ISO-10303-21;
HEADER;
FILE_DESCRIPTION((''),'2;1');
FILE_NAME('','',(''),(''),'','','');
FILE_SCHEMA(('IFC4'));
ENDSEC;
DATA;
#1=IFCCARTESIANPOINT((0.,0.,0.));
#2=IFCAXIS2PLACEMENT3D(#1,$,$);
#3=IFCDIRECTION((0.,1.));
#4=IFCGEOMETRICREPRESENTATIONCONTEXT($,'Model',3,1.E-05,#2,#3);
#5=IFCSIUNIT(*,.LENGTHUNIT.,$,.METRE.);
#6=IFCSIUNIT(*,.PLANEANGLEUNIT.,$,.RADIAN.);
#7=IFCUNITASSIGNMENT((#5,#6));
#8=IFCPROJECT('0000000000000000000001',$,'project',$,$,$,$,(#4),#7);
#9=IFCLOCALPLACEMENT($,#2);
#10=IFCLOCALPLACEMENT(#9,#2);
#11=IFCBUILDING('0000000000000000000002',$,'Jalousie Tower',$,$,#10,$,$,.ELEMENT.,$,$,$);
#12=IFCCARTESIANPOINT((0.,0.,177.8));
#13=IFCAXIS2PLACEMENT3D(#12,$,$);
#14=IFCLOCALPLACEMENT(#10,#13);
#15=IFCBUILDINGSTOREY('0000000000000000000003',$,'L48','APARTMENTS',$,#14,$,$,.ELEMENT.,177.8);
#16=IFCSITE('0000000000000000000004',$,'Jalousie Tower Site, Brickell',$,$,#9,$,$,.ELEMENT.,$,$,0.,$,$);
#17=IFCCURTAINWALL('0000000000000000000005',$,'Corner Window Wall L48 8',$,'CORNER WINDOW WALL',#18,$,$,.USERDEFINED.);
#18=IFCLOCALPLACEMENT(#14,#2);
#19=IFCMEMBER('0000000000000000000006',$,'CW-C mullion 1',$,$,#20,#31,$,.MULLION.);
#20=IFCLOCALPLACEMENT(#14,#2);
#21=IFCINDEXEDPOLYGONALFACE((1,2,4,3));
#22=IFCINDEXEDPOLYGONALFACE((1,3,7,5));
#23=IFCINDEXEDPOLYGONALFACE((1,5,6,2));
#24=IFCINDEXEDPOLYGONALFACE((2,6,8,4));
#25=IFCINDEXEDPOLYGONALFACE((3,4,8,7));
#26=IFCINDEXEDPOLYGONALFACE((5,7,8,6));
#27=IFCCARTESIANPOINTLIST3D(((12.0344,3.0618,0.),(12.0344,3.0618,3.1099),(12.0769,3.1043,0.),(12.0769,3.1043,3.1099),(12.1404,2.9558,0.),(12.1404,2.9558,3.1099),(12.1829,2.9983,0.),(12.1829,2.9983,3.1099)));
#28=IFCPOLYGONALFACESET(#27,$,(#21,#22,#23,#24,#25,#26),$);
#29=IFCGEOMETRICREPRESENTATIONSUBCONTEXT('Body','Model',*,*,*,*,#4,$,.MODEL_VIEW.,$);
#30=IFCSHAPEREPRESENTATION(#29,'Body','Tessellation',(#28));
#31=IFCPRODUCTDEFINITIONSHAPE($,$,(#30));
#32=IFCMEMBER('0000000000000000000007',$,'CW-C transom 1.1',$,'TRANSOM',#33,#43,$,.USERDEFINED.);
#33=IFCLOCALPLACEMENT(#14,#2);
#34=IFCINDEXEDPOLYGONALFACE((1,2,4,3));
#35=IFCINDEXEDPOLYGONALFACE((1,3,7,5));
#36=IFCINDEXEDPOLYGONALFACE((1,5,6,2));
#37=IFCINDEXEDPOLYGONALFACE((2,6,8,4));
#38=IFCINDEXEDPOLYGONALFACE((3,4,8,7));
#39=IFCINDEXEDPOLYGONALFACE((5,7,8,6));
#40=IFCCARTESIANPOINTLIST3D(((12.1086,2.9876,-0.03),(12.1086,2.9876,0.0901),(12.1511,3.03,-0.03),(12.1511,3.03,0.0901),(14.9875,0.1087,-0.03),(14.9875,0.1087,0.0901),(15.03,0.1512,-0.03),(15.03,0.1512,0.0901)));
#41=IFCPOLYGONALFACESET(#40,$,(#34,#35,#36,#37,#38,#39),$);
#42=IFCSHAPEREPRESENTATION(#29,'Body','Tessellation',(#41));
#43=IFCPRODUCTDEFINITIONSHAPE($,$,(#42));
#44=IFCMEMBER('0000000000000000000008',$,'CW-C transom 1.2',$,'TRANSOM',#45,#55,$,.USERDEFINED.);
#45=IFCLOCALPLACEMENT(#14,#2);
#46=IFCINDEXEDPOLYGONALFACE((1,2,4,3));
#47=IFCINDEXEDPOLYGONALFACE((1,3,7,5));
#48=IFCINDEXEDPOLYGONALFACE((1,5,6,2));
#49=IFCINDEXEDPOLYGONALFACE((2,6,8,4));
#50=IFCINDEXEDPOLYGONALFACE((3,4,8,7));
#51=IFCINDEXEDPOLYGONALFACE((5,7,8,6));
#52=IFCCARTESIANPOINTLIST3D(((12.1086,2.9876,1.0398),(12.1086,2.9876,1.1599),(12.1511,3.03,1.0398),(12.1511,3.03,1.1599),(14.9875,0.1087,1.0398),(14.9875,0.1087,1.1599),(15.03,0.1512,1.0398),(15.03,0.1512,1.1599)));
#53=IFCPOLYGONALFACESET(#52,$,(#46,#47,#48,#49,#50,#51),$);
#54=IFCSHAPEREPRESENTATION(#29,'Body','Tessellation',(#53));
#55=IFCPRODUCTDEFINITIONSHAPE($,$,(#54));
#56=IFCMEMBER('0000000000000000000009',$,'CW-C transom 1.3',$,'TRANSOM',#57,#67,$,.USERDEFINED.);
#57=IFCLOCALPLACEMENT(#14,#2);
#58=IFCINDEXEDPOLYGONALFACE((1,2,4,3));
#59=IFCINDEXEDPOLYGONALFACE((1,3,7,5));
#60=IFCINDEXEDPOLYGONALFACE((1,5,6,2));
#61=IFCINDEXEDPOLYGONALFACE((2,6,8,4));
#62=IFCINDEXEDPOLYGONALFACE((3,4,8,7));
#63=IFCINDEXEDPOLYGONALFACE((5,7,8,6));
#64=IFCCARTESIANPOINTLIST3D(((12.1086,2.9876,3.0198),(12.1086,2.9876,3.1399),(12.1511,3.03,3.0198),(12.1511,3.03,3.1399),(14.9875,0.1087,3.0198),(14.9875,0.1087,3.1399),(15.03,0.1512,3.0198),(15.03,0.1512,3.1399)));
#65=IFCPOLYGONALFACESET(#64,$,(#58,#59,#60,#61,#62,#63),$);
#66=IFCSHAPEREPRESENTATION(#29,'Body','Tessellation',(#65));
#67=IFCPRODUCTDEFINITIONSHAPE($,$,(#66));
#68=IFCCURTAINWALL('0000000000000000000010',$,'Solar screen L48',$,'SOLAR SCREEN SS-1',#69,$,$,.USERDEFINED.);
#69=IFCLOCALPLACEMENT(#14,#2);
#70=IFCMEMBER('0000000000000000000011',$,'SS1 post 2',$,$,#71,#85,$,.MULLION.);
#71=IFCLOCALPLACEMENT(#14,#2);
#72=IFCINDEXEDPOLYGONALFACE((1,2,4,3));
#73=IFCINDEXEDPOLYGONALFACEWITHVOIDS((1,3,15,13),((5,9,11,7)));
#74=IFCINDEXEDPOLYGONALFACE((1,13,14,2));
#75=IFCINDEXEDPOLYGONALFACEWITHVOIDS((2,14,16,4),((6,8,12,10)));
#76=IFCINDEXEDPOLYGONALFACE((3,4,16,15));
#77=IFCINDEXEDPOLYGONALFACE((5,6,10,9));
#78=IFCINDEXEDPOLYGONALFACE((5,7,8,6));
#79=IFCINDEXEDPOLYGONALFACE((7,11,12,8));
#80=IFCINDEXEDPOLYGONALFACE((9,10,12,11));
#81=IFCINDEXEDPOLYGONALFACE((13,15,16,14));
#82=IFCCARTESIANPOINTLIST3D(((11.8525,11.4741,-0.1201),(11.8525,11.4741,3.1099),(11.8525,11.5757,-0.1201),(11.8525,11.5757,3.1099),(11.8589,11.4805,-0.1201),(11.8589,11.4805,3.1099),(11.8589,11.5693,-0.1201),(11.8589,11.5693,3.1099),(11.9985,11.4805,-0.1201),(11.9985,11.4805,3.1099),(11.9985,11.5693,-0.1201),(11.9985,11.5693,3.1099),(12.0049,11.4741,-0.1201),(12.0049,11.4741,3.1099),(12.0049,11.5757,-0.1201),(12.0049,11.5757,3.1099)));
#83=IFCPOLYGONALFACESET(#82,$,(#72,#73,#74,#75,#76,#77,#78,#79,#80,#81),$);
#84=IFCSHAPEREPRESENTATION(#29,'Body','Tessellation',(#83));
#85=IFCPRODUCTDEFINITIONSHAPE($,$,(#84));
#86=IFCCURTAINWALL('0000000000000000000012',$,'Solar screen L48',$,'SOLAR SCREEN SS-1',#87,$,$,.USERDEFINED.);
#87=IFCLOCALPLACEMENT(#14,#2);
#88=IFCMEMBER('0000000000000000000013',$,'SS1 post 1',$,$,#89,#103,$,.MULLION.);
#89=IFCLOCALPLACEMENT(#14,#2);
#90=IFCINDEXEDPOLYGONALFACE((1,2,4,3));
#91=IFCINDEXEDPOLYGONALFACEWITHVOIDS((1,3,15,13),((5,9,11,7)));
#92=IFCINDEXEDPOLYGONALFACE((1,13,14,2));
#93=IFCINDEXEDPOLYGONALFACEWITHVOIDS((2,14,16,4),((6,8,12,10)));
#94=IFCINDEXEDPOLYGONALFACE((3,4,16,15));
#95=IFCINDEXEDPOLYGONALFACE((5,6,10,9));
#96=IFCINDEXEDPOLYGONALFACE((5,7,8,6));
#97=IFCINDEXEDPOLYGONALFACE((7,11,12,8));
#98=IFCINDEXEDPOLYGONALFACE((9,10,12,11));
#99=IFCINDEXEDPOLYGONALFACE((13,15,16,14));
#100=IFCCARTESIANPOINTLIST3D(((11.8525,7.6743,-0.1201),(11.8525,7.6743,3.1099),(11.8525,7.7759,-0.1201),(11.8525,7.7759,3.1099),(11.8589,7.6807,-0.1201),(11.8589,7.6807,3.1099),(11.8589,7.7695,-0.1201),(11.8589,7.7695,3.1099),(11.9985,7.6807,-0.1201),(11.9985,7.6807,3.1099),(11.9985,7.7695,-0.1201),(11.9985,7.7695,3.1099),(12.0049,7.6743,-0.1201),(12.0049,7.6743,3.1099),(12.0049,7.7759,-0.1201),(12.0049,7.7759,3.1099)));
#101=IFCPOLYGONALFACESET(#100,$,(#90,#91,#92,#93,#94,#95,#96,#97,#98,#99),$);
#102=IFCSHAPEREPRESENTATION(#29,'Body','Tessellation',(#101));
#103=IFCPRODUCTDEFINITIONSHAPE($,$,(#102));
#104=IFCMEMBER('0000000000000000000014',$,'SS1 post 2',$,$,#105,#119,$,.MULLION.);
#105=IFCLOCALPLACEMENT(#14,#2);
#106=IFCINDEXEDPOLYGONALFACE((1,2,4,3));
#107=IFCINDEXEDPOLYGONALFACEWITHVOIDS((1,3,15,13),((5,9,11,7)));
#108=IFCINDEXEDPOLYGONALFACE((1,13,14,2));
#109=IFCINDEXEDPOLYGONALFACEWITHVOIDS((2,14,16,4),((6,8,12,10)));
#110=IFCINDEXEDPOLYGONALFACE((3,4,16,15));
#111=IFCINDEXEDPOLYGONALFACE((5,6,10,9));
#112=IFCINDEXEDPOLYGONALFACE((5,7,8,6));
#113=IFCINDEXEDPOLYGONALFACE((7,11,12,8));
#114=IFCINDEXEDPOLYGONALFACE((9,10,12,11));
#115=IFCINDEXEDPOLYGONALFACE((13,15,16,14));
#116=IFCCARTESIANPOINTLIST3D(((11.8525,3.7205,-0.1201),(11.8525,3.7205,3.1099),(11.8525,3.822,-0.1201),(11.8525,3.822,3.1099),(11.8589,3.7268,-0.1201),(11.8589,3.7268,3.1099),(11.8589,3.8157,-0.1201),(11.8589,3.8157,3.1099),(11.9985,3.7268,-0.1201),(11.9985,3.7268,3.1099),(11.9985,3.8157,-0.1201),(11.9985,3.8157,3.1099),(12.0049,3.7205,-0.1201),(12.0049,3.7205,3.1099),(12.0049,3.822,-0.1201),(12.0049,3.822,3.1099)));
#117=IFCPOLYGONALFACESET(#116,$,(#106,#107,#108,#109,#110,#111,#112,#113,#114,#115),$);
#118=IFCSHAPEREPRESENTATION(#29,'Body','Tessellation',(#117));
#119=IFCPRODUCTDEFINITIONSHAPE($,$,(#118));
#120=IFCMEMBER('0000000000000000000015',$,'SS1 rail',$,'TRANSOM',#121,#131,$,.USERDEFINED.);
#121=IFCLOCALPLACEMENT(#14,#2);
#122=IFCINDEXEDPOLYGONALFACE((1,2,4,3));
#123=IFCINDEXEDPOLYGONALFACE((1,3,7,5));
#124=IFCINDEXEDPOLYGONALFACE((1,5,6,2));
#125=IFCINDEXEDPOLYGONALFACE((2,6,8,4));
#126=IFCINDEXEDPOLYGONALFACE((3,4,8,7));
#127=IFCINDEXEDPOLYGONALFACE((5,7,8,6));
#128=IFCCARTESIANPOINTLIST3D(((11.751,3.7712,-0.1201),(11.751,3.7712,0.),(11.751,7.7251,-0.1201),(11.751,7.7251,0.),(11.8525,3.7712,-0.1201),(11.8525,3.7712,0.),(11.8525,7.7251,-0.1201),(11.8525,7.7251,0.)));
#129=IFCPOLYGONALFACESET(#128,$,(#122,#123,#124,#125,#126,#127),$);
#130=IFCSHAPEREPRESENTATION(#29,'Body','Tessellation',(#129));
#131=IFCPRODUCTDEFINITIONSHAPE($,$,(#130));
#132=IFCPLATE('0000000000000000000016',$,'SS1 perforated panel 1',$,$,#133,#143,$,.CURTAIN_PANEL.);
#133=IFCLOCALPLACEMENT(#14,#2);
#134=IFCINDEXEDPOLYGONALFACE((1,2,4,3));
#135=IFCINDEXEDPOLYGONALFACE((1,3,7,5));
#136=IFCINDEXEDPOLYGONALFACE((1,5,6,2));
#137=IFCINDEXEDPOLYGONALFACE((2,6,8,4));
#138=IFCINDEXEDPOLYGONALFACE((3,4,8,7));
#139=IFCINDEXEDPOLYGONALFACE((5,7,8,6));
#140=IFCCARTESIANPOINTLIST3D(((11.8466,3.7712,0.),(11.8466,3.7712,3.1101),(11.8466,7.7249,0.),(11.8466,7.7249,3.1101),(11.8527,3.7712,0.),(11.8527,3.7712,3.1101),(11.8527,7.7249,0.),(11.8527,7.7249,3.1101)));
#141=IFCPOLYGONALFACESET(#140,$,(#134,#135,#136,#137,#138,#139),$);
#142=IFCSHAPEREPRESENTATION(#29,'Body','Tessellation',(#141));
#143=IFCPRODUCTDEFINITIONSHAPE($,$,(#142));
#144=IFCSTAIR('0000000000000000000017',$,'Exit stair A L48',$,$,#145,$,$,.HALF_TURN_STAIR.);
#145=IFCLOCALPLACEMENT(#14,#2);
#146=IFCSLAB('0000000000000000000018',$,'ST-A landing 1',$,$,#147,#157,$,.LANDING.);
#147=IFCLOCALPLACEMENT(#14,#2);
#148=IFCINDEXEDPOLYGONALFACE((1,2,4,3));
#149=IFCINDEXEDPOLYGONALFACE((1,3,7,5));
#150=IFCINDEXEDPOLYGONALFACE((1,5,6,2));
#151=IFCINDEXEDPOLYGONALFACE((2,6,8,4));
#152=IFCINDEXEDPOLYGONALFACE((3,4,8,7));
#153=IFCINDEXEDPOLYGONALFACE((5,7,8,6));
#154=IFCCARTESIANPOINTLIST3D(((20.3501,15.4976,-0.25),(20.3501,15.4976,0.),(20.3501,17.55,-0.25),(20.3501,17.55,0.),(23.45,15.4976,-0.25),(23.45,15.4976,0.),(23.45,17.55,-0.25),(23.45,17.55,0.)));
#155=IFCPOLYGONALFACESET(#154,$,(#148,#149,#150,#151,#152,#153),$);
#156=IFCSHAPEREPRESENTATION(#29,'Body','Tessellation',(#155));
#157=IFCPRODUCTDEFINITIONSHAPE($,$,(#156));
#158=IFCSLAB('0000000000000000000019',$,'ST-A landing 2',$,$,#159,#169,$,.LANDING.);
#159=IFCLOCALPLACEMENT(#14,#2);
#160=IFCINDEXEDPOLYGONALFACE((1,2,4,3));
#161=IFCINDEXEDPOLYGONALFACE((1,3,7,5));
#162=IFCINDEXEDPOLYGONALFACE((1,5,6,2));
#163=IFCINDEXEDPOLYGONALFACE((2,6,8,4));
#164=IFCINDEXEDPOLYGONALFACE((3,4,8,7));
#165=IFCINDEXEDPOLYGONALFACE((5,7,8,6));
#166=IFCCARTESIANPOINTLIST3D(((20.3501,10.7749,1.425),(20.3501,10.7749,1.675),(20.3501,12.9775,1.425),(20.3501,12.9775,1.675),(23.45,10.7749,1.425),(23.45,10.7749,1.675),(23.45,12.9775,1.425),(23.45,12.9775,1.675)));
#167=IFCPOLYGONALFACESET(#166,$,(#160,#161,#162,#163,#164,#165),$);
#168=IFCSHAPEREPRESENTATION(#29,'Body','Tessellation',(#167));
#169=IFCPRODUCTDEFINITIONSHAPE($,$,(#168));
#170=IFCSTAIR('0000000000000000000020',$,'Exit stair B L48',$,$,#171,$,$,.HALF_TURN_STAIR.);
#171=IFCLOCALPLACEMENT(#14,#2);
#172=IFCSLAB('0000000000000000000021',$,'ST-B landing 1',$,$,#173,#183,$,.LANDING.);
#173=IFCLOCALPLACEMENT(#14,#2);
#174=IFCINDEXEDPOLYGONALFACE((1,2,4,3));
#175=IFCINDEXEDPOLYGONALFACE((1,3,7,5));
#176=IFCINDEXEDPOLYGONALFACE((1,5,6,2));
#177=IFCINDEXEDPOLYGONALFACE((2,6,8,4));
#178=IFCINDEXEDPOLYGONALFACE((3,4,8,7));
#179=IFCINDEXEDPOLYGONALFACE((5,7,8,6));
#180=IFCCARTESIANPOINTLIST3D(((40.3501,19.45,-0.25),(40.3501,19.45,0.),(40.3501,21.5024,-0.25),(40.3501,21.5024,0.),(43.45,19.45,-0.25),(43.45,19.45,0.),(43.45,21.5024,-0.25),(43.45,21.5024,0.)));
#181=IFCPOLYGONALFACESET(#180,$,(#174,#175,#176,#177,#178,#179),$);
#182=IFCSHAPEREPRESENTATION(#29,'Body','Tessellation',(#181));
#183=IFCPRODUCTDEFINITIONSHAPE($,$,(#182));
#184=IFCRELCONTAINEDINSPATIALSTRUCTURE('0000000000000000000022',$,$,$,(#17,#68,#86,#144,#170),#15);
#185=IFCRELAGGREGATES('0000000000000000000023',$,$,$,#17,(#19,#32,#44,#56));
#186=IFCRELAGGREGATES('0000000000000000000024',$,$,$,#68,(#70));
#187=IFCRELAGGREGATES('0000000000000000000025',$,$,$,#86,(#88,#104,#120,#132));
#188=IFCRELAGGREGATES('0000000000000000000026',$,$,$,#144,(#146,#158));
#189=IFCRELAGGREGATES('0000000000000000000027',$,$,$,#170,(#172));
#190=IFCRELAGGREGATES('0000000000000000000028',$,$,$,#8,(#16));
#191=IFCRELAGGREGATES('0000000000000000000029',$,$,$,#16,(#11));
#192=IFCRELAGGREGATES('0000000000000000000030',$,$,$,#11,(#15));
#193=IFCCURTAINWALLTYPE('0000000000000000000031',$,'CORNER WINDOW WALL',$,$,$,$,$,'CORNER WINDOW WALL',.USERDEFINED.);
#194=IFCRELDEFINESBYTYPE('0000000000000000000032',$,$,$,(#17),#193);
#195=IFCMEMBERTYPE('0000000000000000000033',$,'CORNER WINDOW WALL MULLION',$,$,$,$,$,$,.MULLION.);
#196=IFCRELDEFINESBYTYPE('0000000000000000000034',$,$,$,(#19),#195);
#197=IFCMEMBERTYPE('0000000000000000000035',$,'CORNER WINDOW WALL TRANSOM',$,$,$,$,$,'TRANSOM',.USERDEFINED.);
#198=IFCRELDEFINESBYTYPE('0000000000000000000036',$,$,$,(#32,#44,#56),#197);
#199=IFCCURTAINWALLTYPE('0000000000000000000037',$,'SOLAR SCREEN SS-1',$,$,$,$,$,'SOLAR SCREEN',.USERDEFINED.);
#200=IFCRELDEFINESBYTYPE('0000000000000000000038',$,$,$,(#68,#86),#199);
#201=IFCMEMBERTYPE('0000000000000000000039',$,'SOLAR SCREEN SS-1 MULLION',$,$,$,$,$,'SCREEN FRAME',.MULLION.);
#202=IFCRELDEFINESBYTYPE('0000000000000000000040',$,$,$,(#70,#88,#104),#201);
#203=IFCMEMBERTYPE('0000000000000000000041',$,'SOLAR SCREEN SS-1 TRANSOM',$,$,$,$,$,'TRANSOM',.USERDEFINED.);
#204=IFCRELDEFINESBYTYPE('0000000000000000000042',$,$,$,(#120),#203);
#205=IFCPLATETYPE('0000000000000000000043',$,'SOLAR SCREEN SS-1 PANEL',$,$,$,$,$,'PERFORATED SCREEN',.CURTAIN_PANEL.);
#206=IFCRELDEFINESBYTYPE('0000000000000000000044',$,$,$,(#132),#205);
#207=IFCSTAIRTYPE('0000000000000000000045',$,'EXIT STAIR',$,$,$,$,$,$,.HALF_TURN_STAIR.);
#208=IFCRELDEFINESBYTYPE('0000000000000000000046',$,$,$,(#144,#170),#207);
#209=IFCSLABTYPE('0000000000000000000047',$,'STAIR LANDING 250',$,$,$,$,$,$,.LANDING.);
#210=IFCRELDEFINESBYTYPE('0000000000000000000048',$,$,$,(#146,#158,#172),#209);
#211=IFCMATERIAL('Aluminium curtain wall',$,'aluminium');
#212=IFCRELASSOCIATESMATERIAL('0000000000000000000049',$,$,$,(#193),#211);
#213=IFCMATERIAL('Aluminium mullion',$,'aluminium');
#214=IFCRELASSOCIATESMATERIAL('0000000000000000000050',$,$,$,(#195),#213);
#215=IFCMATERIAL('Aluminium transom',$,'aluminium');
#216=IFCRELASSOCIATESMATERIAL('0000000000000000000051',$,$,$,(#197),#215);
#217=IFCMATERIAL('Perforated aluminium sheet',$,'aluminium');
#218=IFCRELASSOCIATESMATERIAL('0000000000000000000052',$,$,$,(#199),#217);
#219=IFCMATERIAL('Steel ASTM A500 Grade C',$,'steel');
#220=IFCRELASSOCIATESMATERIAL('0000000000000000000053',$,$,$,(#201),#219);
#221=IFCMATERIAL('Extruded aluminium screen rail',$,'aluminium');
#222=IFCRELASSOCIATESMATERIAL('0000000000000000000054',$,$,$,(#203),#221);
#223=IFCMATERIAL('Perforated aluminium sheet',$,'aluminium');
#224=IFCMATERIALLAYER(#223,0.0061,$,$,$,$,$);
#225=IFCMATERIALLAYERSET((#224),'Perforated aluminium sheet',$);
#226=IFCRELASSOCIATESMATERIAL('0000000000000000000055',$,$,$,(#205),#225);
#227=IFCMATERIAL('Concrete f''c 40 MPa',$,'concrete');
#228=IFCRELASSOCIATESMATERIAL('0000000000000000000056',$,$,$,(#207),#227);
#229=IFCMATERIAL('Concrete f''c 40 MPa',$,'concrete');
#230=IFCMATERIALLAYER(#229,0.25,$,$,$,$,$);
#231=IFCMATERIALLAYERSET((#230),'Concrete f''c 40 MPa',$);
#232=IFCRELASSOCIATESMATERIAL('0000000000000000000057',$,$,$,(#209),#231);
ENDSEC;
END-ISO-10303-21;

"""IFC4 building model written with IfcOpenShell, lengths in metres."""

from ifc_helpers import new_model, si_unit, direction, frame, origin, origin_2d, place, context, subcontext, project, spatial, polyline, rectangle, hollow_rectangle, outline, extrude, material, layer, layer_set, material_profile, profile_set, type_object, element, aggregate, save


model = new_model("IFC4")

# Units and contexts
model_context = context("Model", 3, precision=1e-05, world=origin(), true_north=direction((0.0, 1.0)))
body_context = subcontext(model_context, "Body", "Model", "MODEL_VIEW")
ifc_project = project(units=[si_unit("LENGTHUNIT", "METRE"), si_unit("PLANEANGLEUNIT", "RADIAN")], contexts=[model_context])

# Site, building, storey
site_placement = place(None, origin())
site = spatial("IfcSite", under=ifc_project, at=site_placement, Name="Jalousie Tower Site, Brickell", CompositionType="ELEMENT", RefElevation=0.0)
building_placement = place(site_placement, origin())
building = spatial("IfcBuilding", under=site, at=building_placement, Name="Jalousie Tower", CompositionType="ELEMENT")
storey_placement = place(building_placement, frame((0.0, 0.0, 177.8)))
storey = spatial("IfcBuildingStorey", under=building, at=storey_placement, Name="L48", Description="APARTMENTS", CompositionType="ELEMENT", Elevation=177.8)

# Curtain wall, members
ifc_material_1 = material(Name="Aluminium curtain wall", Category="aluminium")
curtain_wall_type_1 = type_object("IfcCurtainWallType", Name="CORNER WINDOW WALL", ElementType="CORNER WINDOW WALL", PredefinedType="USERDEFINED", material=ifc_material_1)
curtain_wall_1_placement = place(storey_placement, origin())
curtain_wall_1 = element("IfcCurtainWall", 1, at=curtain_wall_1_placement, inside=storey, type_object=curtain_wall_type_1, Name="Corner Window Wall L48 8", ObjectType="CORNER WINDOW WALL", PredefinedType="USERDEFINED")
ifc_material_2 = material(Name="Aluminium mullion", Category="aluminium")
ifc_material_profile_1 = material_profile(ifc_material_2, rectangle(XDim=0.0601, YDim=0.1499, at=origin_2d()), Name="MULLION 60x150")
ifc_profile_set_1 = profile_set([ifc_material_profile_1], Name="Aluminium mullion")
member_type_1 = type_object("IfcMemberType", Name="CORNER WINDOW WALL MULLION", PredefinedType="MULLION", material=ifc_profile_set_1)
member_1_placement = place(storey_placement, frame((12.1086, 3.03, 0.0), z_axis=(0.0, 0.0, 1.0), x_axis=(0.707107, 0.707107, 0.0)))
member_1 = element("IfcMember", 2, at=member_1_placement, type_object=member_type_1, Name="CW-C mullion 1", PredefinedType="MULLION", context=body_context, shape_type="SweptSolid", body=[
    extrude(rectangle(XDim=0.0601, YDim=0.1499, at=origin_2d()), origin(), (0.0, 0.0, 1.0), 3.1099),
])
ifc_material_3 = material(Name="Aluminium transom", Category="aluminium")
ifc_material_profile_2 = material_profile(ifc_material_3, rectangle(XDim=0.0601, YDim=0.1201, at=origin_2d()), Name="TRANSOM 60x120")
ifc_profile_set_2 = profile_set([ifc_material_profile_2], Name="Aluminium transom")
member_type_2 = type_object("IfcMemberType", Name="CORNER WINDOW WALL TRANSOM", ElementType="TRANSOM", PredefinedType="USERDEFINED", material=ifc_profile_set_2)
member_2_placement = place(storey_placement, frame((12.1299, 3.0088, 0.03), z_axis=(0.707107, -0.707107, 0.0), x_axis=(0.707107, 0.707107, 0.0)))
member_2 = element("IfcMember", 3, at=member_2_placement, type_object=member_type_2, Name="CW-C transom 1.1", ObjectType="TRANSOM", PredefinedType="USERDEFINED", context=body_context, shape_type="SweptSolid", body=[
    extrude(rectangle(XDim=0.0601, YDim=0.1201, at=origin_2d()), origin(), (0.0, 0.0, 1.0), 4.0713),
])
member_3_placement = place(storey_placement, frame((12.1299, 3.0088, 1.0999), z_axis=(0.707107, -0.707107, 0.0), x_axis=(0.707107, 0.707107, 0.0)))
member_3 = element("IfcMember", 4, at=member_3_placement, type_object=member_type_2, Name="CW-C transom 1.2", ObjectType="TRANSOM", PredefinedType="USERDEFINED", context=body_context, shape_type="SweptSolid", body=[
    extrude(rectangle(XDim=0.0601, YDim=0.1201, at=origin_2d()), origin(), (0.0, 0.0, 1.0), 4.0713),
])
member_4_placement = place(storey_placement, frame((12.1299, 3.0088, 3.0798), z_axis=(0.707107, -0.707107, 0.0), x_axis=(0.707107, 0.707107, 0.0)))
member_4 = element("IfcMember", 5, at=member_4_placement, type_object=member_type_2, Name="CW-C transom 1.3", ObjectType="TRANSOM", PredefinedType="USERDEFINED", context=body_context, shape_type="SweptSolid", body=[
    extrude(rectangle(XDim=0.0601, YDim=0.1201, at=origin_2d()), origin(), (0.0, 0.0, 1.0), 4.0713),
])
aggregate(curtain_wall_1, [member_1, member_2, member_3, member_4])

# Curtain wall, member
ifc_material_4 = material(Name="Perforated aluminium sheet", Category="aluminium")
curtain_wall_type_2 = type_object("IfcCurtainWallType", Name="SOLAR SCREEN SS-1", ElementType="SOLAR SCREEN", PredefinedType="USERDEFINED", material=ifc_material_4)
curtain_wall_2_placement = place(storey_placement, origin())
curtain_wall_2 = element("IfcCurtainWall", 6, at=curtain_wall_2_placement, inside=storey, type_object=curtain_wall_type_2, Name="Solar screen L48", ObjectType="SOLAR SCREEN SS-1", PredefinedType="USERDEFINED")
ifc_material_5 = material(Name="Steel ASTM A500 Grade C", Category="steel")
ifc_material_profile_3 = material_profile(ifc_material_5, hollow_rectangle(XDim=0.1016, YDim=0.1523, WallThickness=0.0063, at=origin_2d()), Name="HSS6X4X1/4")
ifc_profile_set_3 = profile_set([ifc_material_profile_3], Name="Steel ASTM A500 Grade C")
member_type_3 = type_object("IfcMemberType", Name="SOLAR SCREEN SS-1 MULLION", ElementType="SCREEN FRAME", PredefinedType="MULLION", material=ifc_profile_set_3)
member_5_placement = place(storey_placement, frame((11.9287, 11.5249, -0.1201), z_axis=(0.0, 0.0, 1.0), x_axis=(0.0, -1.0, 0.0)))
member_5 = element("IfcMember", 7, at=member_5_placement, type_object=member_type_3, Name="SS1 post 2", PredefinedType="MULLION", context=body_context, shape_type="SweptSolid", body=[
    extrude(hollow_rectangle(XDim=0.1016, YDim=0.1523, WallThickness=0.0063, at=origin_2d()), origin(), (0.0, 0.0, 1.0), 3.23),
])
aggregate(curtain_wall_2, [member_5])

# Curtain wall, members
curtain_wall_3_placement = place(storey_placement, origin())
curtain_wall_3 = element("IfcCurtainWall", 8, at=curtain_wall_3_placement, inside=storey, type_object=curtain_wall_type_2, Name="Solar screen L48", ObjectType="SOLAR SCREEN SS-1", PredefinedType="USERDEFINED")
member_6_placement = place(storey_placement, frame((11.9287, 7.7251, -0.1201), z_axis=(0.0, 0.0, 1.0), x_axis=(0.0, -1.0, 0.0)))
member_6 = element("IfcMember", 9, at=member_6_placement, type_object=member_type_3, Name="SS1 post 1", PredefinedType="MULLION", context=body_context, shape_type="SweptSolid", body=[
    extrude(hollow_rectangle(XDim=0.1016, YDim=0.1523, WallThickness=0.0063, at=origin_2d()), origin(), (0.0, 0.0, 1.0), 3.23),
])
member_7_placement = place(storey_placement, frame((11.9287, 3.7712, -0.1201), z_axis=(0.0, 0.0, 1.0), x_axis=(0.0, -1.0, 0.0)))
member_7 = element("IfcMember", 10, at=member_7_placement, type_object=member_type_3, Name="SS1 post 2", PredefinedType="MULLION", context=body_context, shape_type="SweptSolid", body=[
    extrude(hollow_rectangle(XDim=0.1016, YDim=0.1523, WallThickness=0.0063, at=origin_2d()), origin(), (0.0, 0.0, 1.0), 3.23),
])
ifc_material_6 = material(Name="Extruded aluminium screen rail", Category="aluminium")
ifc_material_profile_4 = material_profile(ifc_material_6, rectangle(XDim=0.1016, YDim=0.1201, at=origin_2d()), Name="RAIL 102x120")
ifc_profile_set_4 = profile_set([ifc_material_profile_4], Name="Extruded aluminium screen rail")
member_type_4 = type_object("IfcMemberType", Name="SOLAR SCREEN SS-1 TRANSOM", ElementType="TRANSOM", PredefinedType="USERDEFINED", material=ifc_profile_set_4)
member_8_placement = place(storey_placement, frame((11.8018, 7.7251, -0.0601), z_axis=(0.0, -1.0, 0.0), x_axis=(1.0, 0.0, 0.0)))
member_8 = element("IfcMember", 11, at=member_8_placement, type_object=member_type_4, Name="SS1 rail", ObjectType="TRANSOM", PredefinedType="USERDEFINED", context=body_context, shape_type="SweptSolid", body=[
    extrude(rectangle(XDim=0.1016, YDim=0.1201, at=origin_2d()), origin(), (0.0, 0.0, 1.0), 3.9539),
])

# Plate
ifc_material_7 = material(Name="Perforated aluminium sheet", Category="aluminium")
ifc_layer_1 = layer(ifc_material_7, 0.0061)
ifc_layer_set_1 = layer_set([ifc_layer_1], Name="Perforated aluminium sheet")
plate_type = type_object("IfcPlateType", Name="SOLAR SCREEN SS-1 PANEL", ElementType="PERFORATED SCREEN", PredefinedType="CURTAIN_PANEL", material=ifc_layer_set_1)
plate_placement = place(storey_placement, frame((11.8496, 5.748, 0.0), z_axis=(0.0, 0.0, 1.0), x_axis=(0.0, -1.0, 0.0)))
plate = element("IfcPlate", 12, at=plate_placement, type_object=plate_type, Name="SS1 perforated panel 1", PredefinedType="CURTAIN_PANEL", context=body_context, shape_type="SweptSolid", body=[
    extrude(rectangle(XDim=3.9536, YDim=0.0061, at=origin_2d()), origin(), (0.0, 0.0, 1.0), 3.1101),
])
aggregate(curtain_wall_3, [member_6, member_7, member_8, plate])

# Stairs, slabs
ifc_material_8 = material(Name="Concrete f'c 40 MPa", Category="concrete")
stair_type = type_object("IfcStairType", Name="EXIT STAIR", PredefinedType="HALF_TURN_STAIR", material=ifc_material_8)
stair_1_placement = place(storey_placement, origin())
stair_1 = element("IfcStair", 13, at=stair_1_placement, inside=storey, type_object=stair_type, Name="Exit stair A L48", PredefinedType="HALF_TURN_STAIR")
ifc_material_9 = material(Name="Concrete f'c 40 MPa", Category="concrete")
ifc_layer_2 = layer(ifc_material_9, 0.25)
ifc_layer_set_2 = layer_set([ifc_layer_2], Name="Concrete f'c 40 MPa")
slab_type_1 = type_object("IfcSlabType", Name="STAIR LANDING 250", PredefinedType="LANDING", material=ifc_layer_set_2)
slab_1_placement = place(storey_placement, frame((0.0, 0.0, -0.25)))
slab_1 = element("IfcSlab", 14, at=slab_1_placement, type_object=slab_type_1, Name="ST-A landing 1", PredefinedType="LANDING", context=body_context, shape_type="SweptSolid", body=[
    extrude(outline(polyline([(20.3501, 15.4976), (23.45, 15.4976), (23.45, 17.55), (20.3501, 17.55), (20.3501, 15.4976)])), origin(), (0.0, 0.0, 1.0), 0.25),
])
slab_2_placement = place(storey_placement, frame((0.0, 0.0, 1.425)))
slab_2 = element("IfcSlab", 15, at=slab_2_placement, type_object=slab_type_1, Name="ST-A landing 2", PredefinedType="LANDING", context=body_context, shape_type="SweptSolid", body=[
    extrude(outline(polyline([(20.3501, 10.7749), (23.45, 10.7749), (23.45, 12.9775), (20.3501, 12.9775), (20.3501, 10.7749)])), origin(), (0.0, 0.0, 1.0), 0.25),
])
aggregate(stair_1, [slab_1, slab_2])
stair_2_placement = place(storey_placement, origin())
stair_2 = element("IfcStair", 16, at=stair_2_placement, inside=storey, type_object=stair_type, Name="Exit stair B L48", PredefinedType="HALF_TURN_STAIR")
slab_3_placement = place(storey_placement, frame((0.0, 0.0, -0.25)))
slab_3 = element("IfcSlab", 17, at=slab_3_placement, type_object=slab_type_1, Name="ST-B landing 1", PredefinedType="LANDING", context=body_context, shape_type="SweptSolid", body=[
    extrude(outline(polyline([(40.3501, 19.45), (43.45, 19.45), (43.45, 21.5024), (40.3501, 21.5024), (40.3501, 19.45)])), origin(), (0.0, 0.0, 1.0), 0.25),
])
aggregate(stair_2, [slab_3])

save(model, "model.ifc")
